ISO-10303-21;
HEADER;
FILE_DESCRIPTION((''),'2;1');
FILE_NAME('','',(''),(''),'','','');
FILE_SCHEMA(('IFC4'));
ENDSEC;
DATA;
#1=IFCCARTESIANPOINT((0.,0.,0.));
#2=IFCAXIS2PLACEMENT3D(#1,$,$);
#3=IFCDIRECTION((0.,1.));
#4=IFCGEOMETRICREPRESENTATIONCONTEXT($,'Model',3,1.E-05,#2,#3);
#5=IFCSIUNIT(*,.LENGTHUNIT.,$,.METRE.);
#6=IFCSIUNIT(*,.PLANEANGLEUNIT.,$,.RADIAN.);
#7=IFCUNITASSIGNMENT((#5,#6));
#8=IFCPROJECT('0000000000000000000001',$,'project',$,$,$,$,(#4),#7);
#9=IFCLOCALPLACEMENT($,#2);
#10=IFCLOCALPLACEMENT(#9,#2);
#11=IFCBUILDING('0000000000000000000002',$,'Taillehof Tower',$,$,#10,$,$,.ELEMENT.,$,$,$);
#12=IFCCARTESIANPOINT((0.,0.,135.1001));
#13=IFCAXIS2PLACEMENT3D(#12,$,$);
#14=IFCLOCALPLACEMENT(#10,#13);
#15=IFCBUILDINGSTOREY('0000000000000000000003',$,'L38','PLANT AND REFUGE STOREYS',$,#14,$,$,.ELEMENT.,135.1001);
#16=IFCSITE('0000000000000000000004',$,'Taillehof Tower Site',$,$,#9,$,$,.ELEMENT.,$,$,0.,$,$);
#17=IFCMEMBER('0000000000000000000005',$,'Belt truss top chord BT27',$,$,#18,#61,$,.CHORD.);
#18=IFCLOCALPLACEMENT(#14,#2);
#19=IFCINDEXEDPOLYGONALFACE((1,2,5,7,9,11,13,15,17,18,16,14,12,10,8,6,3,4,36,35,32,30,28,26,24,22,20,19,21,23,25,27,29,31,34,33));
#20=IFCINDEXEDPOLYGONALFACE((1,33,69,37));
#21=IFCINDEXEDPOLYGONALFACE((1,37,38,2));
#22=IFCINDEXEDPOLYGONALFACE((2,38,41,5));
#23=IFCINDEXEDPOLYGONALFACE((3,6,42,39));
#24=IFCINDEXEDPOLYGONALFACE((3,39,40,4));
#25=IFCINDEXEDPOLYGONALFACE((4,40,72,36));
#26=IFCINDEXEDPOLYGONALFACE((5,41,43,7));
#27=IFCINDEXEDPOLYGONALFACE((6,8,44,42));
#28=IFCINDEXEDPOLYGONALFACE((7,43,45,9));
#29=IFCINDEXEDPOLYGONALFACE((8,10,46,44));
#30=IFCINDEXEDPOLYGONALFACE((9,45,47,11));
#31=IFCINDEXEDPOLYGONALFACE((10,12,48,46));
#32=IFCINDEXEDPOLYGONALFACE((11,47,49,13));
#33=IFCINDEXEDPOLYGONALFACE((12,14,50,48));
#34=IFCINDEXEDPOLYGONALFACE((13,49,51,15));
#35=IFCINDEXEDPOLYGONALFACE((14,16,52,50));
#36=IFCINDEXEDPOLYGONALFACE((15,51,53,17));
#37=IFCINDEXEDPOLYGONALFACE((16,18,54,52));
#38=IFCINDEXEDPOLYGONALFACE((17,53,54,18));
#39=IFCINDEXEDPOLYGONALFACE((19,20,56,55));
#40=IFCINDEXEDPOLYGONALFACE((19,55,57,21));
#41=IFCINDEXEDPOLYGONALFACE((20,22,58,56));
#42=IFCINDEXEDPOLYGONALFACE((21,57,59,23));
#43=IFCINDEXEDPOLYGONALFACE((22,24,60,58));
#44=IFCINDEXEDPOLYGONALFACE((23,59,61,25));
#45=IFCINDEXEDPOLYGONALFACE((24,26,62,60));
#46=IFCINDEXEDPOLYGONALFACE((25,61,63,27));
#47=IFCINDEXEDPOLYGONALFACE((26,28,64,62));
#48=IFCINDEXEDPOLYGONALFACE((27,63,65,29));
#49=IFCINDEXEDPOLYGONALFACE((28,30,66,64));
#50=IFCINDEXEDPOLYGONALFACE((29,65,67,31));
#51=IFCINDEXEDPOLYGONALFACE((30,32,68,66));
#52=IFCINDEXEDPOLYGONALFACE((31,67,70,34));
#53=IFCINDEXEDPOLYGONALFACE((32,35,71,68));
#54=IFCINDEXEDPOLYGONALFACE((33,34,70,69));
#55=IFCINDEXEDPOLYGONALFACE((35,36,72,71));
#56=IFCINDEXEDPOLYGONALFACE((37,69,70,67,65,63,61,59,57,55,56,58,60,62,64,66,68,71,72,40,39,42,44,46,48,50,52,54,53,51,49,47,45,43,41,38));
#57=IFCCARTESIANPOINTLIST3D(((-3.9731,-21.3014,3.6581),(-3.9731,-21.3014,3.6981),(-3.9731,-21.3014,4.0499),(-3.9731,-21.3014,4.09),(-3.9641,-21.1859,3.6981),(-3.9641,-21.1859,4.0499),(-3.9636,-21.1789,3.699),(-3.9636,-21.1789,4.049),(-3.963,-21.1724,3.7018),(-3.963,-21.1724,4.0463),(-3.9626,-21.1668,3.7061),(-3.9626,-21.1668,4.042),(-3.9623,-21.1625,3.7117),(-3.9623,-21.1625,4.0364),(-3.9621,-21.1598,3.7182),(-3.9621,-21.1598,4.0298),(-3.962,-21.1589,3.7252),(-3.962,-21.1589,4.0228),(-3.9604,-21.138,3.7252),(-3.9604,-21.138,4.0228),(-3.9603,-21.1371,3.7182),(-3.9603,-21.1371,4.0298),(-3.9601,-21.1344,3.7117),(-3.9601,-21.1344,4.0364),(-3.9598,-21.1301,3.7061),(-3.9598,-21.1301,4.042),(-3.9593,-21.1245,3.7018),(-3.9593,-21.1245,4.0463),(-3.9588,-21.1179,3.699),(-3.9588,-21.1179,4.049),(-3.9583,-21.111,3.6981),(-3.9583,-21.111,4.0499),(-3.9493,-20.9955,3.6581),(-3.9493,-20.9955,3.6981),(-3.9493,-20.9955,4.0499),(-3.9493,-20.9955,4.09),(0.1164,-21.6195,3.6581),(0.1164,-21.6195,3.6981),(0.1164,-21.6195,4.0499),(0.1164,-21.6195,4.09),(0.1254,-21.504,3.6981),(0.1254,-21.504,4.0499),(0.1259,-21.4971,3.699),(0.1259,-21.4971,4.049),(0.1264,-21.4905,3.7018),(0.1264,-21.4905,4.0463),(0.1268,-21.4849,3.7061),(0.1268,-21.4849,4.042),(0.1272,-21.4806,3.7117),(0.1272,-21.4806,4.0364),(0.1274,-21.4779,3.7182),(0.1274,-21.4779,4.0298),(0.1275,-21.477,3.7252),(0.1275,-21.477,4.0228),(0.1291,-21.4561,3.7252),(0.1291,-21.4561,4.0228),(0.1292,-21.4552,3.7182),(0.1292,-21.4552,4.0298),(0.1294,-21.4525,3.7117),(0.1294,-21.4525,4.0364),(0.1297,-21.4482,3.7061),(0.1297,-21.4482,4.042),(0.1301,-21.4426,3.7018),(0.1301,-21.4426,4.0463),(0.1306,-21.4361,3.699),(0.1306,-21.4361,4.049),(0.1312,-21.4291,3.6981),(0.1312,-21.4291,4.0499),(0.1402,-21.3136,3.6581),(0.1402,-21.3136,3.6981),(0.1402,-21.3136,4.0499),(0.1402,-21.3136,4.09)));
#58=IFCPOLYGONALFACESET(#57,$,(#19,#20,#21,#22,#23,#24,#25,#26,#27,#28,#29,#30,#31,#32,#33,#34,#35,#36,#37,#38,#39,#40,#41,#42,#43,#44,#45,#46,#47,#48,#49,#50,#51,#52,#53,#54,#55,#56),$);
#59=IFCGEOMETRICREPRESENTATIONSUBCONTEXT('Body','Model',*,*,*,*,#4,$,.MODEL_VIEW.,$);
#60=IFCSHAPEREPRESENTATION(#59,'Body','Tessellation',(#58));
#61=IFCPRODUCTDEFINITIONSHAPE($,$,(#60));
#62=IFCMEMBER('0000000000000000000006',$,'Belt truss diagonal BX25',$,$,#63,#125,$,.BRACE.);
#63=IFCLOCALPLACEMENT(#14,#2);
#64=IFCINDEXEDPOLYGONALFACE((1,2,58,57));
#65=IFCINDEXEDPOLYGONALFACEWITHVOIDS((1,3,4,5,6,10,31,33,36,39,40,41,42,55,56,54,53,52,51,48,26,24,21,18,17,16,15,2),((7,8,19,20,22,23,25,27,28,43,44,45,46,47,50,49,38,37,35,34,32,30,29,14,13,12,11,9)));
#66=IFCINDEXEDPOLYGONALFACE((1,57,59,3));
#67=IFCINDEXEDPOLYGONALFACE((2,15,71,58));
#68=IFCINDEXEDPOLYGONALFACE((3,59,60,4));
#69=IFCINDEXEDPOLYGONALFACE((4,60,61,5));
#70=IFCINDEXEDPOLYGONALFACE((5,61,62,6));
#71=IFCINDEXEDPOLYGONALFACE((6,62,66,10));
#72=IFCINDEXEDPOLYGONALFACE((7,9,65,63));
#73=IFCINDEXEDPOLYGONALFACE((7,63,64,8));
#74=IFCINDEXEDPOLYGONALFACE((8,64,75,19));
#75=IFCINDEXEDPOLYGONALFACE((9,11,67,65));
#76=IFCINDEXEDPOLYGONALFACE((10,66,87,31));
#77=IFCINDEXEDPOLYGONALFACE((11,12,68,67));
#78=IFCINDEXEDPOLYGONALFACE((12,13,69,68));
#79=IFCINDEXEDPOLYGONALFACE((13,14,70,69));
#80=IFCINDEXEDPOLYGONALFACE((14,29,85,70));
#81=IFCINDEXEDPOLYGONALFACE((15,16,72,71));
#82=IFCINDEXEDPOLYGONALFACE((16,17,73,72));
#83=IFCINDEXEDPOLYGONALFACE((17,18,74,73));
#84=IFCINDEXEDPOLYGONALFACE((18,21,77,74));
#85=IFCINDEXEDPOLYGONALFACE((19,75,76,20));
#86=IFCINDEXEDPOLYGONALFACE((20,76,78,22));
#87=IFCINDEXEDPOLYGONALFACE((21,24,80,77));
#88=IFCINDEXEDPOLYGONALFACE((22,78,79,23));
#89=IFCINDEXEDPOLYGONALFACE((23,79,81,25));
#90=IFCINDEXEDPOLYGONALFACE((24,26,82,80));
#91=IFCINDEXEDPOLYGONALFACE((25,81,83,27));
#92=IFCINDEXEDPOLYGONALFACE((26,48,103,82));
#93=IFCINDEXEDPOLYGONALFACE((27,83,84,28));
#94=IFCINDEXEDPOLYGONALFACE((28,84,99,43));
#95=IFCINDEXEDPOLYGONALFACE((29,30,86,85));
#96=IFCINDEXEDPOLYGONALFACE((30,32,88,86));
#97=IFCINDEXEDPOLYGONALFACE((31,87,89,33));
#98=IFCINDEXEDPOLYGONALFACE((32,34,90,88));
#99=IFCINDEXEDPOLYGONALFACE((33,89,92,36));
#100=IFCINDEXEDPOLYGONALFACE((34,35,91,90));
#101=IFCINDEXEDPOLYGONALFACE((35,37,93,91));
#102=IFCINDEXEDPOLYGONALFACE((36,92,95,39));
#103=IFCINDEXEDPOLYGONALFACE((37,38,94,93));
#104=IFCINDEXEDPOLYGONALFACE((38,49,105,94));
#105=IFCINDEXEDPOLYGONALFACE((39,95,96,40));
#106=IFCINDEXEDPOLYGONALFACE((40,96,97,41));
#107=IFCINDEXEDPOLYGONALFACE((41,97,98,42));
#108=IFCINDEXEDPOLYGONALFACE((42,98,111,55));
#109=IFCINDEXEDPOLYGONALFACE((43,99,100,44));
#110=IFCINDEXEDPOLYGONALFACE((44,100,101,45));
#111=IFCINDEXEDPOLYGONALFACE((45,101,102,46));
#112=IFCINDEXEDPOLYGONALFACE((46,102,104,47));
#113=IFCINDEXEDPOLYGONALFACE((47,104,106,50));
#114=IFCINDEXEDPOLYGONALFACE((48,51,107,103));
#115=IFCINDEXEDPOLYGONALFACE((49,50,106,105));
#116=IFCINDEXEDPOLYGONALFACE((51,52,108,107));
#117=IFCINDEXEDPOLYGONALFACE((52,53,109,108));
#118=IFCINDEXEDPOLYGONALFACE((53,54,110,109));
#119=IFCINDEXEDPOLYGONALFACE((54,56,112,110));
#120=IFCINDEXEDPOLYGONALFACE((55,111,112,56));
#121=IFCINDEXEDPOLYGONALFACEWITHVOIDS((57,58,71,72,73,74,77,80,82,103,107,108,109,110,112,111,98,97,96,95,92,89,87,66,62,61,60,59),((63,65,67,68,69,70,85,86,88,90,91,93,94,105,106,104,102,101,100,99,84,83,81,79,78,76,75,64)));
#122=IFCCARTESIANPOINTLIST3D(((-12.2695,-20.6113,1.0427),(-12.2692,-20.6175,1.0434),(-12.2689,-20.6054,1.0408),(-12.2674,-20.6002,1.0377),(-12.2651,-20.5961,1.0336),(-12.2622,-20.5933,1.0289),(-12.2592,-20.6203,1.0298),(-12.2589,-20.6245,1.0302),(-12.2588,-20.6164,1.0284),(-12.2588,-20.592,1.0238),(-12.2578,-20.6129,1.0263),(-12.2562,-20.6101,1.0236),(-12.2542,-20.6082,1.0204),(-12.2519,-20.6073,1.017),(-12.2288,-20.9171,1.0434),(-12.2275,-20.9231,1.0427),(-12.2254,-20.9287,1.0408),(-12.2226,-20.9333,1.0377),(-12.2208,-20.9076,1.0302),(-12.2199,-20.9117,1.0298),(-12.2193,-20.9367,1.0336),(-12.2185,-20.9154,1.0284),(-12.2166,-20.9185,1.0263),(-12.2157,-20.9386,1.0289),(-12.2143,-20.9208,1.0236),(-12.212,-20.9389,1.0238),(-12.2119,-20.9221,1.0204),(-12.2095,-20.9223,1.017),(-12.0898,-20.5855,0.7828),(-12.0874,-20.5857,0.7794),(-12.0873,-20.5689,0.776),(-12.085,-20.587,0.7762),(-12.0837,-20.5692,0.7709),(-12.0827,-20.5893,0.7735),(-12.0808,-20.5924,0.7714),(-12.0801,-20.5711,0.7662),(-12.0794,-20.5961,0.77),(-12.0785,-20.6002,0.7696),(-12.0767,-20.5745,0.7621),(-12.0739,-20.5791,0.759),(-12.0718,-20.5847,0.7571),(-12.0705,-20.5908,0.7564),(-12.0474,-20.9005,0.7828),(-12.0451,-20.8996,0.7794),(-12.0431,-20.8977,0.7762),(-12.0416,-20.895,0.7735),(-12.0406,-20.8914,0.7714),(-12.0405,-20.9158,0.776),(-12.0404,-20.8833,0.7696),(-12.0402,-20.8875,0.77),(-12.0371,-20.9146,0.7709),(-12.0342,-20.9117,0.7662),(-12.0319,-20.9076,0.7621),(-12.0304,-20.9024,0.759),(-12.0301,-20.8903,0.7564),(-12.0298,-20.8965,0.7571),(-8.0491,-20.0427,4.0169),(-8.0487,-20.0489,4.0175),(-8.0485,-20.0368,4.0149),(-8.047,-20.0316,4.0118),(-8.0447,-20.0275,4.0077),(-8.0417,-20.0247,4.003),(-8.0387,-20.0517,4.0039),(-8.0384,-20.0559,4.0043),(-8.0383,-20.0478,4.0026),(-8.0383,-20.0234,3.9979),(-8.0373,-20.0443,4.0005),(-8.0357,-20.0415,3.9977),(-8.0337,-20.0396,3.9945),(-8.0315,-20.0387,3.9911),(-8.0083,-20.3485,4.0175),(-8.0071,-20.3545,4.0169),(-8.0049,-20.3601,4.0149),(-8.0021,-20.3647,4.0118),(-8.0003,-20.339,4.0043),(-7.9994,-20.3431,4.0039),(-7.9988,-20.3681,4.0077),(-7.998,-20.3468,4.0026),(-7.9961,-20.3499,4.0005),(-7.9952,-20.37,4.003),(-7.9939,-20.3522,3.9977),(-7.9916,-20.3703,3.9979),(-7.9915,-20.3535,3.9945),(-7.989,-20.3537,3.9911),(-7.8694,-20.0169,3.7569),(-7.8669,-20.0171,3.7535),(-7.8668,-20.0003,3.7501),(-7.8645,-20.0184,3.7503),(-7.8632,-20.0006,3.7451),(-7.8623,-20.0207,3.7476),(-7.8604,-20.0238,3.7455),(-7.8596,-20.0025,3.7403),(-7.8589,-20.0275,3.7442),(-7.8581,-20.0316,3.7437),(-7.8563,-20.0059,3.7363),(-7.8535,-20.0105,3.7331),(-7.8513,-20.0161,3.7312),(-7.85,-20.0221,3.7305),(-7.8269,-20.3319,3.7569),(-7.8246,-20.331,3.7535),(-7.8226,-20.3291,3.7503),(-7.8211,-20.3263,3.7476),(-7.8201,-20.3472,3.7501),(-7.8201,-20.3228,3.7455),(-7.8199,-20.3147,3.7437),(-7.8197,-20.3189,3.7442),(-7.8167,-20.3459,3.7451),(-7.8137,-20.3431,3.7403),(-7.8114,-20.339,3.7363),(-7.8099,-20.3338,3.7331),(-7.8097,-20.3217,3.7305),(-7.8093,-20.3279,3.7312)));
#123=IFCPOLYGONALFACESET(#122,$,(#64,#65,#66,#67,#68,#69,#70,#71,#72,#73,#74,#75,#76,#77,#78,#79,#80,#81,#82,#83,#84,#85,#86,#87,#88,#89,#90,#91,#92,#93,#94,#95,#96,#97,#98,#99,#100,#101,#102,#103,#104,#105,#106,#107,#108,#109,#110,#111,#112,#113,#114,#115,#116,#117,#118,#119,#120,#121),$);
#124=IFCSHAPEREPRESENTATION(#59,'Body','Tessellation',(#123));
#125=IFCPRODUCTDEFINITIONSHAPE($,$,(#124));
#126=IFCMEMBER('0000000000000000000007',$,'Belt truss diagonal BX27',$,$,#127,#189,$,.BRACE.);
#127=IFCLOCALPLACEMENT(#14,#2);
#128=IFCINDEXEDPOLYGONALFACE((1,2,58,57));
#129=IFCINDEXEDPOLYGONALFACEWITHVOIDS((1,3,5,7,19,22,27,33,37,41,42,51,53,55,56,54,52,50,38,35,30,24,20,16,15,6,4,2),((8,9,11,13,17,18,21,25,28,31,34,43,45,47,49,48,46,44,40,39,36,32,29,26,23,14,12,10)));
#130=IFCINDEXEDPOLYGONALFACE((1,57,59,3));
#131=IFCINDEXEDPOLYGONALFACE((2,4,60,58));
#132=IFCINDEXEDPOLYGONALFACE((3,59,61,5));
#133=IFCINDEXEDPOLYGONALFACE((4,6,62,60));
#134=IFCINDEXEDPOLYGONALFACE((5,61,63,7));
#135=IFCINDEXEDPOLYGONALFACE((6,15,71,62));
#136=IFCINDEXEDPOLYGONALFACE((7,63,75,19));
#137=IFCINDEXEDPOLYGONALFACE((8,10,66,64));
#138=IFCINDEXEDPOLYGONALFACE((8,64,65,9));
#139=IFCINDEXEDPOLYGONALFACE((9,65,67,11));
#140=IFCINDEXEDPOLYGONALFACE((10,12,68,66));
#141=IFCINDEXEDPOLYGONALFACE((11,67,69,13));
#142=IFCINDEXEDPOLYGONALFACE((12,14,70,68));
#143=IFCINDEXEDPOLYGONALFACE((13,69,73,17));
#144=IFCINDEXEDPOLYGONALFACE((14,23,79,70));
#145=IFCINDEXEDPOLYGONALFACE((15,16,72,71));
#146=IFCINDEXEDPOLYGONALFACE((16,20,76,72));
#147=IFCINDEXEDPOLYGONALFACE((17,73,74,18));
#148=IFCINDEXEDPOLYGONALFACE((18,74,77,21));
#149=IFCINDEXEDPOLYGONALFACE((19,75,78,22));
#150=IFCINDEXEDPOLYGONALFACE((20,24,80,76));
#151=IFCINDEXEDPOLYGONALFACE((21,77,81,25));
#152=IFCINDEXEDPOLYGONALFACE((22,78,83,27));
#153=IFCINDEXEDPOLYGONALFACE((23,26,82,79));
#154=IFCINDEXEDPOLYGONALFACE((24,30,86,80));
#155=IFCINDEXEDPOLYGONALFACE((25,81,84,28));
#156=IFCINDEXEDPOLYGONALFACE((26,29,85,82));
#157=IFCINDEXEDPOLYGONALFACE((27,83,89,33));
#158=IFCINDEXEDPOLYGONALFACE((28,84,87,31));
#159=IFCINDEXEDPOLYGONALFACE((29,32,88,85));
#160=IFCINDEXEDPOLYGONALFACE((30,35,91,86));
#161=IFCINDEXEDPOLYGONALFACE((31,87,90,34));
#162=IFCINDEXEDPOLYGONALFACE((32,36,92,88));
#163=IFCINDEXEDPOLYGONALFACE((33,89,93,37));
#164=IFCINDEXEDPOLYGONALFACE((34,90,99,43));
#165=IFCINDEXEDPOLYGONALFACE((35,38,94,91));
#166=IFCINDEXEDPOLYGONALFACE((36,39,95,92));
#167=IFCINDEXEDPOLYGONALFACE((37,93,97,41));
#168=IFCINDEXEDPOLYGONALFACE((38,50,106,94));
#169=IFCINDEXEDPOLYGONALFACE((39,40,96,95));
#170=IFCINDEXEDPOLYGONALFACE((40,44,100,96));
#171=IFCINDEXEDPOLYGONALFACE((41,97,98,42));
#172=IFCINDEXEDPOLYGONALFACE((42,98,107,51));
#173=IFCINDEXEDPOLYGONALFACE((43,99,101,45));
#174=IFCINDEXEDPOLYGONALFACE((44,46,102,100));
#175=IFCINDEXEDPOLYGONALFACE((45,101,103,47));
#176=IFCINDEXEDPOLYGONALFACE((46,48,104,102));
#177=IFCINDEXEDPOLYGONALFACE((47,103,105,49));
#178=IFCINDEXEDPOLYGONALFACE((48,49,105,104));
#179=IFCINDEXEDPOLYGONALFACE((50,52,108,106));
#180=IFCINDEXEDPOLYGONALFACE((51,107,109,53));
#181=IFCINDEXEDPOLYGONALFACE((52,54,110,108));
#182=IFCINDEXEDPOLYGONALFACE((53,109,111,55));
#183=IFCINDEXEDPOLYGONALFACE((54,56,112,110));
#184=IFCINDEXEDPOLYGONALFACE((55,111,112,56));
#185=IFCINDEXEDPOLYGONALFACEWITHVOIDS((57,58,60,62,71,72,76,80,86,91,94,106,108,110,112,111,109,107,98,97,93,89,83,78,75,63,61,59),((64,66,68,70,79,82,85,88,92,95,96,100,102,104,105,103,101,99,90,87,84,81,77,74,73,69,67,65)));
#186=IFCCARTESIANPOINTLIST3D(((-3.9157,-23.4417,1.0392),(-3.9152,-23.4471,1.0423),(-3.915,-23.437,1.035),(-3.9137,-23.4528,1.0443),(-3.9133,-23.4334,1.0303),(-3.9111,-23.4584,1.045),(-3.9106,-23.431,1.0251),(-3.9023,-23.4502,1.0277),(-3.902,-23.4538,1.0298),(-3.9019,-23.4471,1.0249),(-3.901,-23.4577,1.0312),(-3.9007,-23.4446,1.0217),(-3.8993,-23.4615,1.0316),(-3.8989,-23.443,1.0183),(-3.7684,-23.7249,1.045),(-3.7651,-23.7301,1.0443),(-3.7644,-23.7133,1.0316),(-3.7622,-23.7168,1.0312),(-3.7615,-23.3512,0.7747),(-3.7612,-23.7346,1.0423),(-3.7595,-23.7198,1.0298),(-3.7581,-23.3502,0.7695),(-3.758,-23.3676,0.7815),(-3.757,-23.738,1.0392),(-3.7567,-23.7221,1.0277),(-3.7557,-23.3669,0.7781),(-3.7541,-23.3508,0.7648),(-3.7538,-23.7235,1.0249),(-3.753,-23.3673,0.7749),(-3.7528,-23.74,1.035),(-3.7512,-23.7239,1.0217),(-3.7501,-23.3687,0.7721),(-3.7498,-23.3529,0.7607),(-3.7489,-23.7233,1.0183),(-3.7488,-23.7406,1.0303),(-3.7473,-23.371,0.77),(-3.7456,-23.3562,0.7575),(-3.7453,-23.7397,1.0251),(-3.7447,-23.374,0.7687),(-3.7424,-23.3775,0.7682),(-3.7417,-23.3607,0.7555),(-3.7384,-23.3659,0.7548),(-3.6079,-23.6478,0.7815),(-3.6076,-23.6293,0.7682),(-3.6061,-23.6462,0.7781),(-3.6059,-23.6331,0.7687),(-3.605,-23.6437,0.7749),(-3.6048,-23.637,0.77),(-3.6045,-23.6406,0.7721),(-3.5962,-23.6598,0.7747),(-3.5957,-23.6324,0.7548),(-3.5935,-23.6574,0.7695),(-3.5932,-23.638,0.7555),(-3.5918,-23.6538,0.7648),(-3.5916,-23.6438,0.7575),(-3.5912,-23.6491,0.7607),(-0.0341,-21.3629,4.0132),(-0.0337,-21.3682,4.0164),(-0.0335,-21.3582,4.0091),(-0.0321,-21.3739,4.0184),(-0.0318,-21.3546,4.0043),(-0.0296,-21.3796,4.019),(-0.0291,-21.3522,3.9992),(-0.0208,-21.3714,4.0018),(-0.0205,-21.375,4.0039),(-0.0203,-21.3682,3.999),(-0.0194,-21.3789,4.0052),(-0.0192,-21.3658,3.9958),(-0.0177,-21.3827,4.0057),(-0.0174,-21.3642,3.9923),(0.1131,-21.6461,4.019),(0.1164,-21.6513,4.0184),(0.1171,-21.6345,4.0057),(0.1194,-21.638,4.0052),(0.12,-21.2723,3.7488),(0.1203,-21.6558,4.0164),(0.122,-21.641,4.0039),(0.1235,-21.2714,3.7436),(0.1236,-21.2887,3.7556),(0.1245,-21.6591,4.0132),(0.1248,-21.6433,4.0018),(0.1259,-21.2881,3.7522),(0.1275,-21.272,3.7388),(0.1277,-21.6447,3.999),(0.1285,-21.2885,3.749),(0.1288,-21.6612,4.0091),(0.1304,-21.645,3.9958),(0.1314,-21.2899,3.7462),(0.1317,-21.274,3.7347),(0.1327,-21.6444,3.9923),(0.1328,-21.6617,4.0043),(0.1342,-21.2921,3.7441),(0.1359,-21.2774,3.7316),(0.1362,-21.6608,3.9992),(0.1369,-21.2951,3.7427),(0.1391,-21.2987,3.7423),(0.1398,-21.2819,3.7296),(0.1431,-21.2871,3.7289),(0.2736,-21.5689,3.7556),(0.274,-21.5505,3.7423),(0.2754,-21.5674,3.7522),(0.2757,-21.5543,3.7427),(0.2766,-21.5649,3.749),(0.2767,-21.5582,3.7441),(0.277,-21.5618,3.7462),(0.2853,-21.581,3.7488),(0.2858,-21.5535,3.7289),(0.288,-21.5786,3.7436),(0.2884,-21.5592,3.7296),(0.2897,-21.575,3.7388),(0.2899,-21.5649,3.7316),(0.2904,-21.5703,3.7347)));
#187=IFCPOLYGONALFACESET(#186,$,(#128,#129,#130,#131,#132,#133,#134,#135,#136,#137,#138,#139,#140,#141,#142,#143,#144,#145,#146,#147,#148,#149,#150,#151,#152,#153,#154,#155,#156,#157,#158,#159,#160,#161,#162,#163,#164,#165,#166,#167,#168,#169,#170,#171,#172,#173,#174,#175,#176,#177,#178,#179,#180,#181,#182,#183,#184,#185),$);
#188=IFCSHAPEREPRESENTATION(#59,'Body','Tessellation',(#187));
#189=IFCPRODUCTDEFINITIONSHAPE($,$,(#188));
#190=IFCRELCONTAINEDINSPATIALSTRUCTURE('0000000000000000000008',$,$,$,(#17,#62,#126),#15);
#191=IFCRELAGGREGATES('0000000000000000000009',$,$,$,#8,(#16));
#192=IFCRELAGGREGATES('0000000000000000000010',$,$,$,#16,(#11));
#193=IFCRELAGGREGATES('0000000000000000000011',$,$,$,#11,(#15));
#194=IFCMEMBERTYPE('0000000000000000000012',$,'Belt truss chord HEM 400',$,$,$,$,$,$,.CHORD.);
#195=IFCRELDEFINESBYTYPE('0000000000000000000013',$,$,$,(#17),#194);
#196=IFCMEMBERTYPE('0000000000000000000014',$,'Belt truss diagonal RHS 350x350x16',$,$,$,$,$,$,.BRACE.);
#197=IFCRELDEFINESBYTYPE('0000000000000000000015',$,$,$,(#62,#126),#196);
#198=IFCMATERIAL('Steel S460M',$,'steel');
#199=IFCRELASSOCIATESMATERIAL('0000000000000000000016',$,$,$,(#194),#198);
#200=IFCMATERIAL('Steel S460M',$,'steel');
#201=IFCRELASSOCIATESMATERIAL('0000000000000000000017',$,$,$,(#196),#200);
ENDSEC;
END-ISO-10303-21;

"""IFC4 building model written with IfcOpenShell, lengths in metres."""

from ifc_helpers import new_model, si_unit, direction, frame, origin, origin_2d, place, context, subcontext, project, spatial, hollow_rectangle, i_section, extrude, material, material_profile, profile_set, type_object, element, save


model = new_model("IFC4")

# Units and contexts
model_context = context("Model", 3, precision=1e-05, world=origin(), true_north=direction((0.0, 1.0)))
body_context = subcontext(model_context, "Body", "Model", "MODEL_VIEW")
ifc_project = project(units=[si_unit("LENGTHUNIT", "METRE"), si_unit("PLANEANGLEUNIT", "RADIAN")], contexts=[model_context])

# Site, building, storey
site_placement = place(None, origin())
site = spatial("IfcSite", under=ifc_project, at=site_placement, Name="Taillehof Tower Site", CompositionType="ELEMENT", RefElevation=0.0)
building_placement = place(site_placement, origin())
building = spatial("IfcBuilding", under=site, at=building_placement, Name="Taillehof Tower", CompositionType="ELEMENT")
storey_placement = place(building_placement, frame((0.0, 0.0, 135.1001)))
storey = spatial("IfcBuildingStorey", under=building, at=storey_placement, Name="L38", Description="PLANT AND REFUGE STOREYS", CompositionType="ELEMENT", Elevation=135.1001)

# Members
ifc_material_1 = material(Name="Steel S460M", Category="steel")
ifc_material_profile_1 = material_profile(ifc_material_1, i_section(OverallWidth=0.3069, OverallDepth=0.4319, WebThickness=0.021, FlangeThickness=0.04, FilletRadius=0.0271, at=origin_2d()), Name="HEM 400")
ifc_profile_set_1 = profile_set([ifc_material_profile_1], Name="Steel S460M")
member_type_1 = type_object("IfcMemberType", Name="Belt truss chord HEM 400", PredefinedType="CHORD", material=ifc_profile_set_1)
member_1_placement = place(storey_placement, frame((-3.9612, -21.1484, 3.874), z_axis=(0.996988, -0.077557, 0.0), x_axis=(0.077557, 0.996988, 0.0)))
element("IfcMember", 1, at=member_1_placement, inside=storey, type_object=member_type_1, Name="Belt truss top chord BT27", PredefinedType="CHORD", context=body_context, shape_type="SweptSolid", body=[
    extrude(i_section(OverallWidth=0.3069, OverallDepth=0.4319, WebThickness=0.021, FlangeThickness=0.04, FilletRadius=0.0271, at=origin_2d()), origin(), (0.0, 0.0, 1.0), 4.1018),
])
ifc_material_2 = material(Name="Steel S460M", Category="steel")
ifc_material_profile_2 = material_profile(ifc_material_2, hollow_rectangle(XDim=0.3501, YDim=0.3501, WallThickness=0.0161, InnerFilletRadius=0.0161, OuterFilletRadius=0.0239, at=origin_2d()), Name="RHS 350x350x16")
ifc_profile_set_2 = profile_set([ifc_material_profile_2], Name="Steel S460M")
member_type_2 = type_object("IfcMemberType", Name="Belt truss diagonal RHS 350x350x16", PredefinedType="BRACE", material=ifc_profile_set_2)
member_2_placement = place(storey_placement, frame((-12.1497, -20.7539, 0.8999), z_axis=(0.812514, 0.109466, 0.572572), x_axis=(-0.133519, 0.991046, 0.0)))
element("IfcMember", 2, at=member_2_placement, inside=storey, type_object=member_type_2, Name="Belt truss diagonal BX25", PredefinedType="BRACE", context=body_context, shape_type="SweptSolid", body=[
    extrude(hollow_rectangle(XDim=0.3501, YDim=0.3501, WallThickness=0.0161, InnerFilletRadius=0.0161, OuterFilletRadius=0.0239, at=origin_2d()), origin(), (0.0, 0.0, 1.0), 5.1943),
])
member_3_placement = place(storey_placement, frame((-3.7534, -23.5454, 0.8999), z_axis=(0.730508, 0.391237, 0.559724), x_axis=(-0.472121, 0.881534, 0.0)))
element("IfcMember", 3, at=member_3_placement, inside=storey, type_object=member_type_2, Name="Belt truss diagonal BX27", PredefinedType="BRACE", context=body_context, shape_type="SweptSolid", body=[
    extrude(hollow_rectangle(XDim=0.3501, YDim=0.3501, WallThickness=0.0161, InnerFilletRadius=0.0161, OuterFilletRadius=0.0239, at=origin_2d()), origin(), (0.0, 0.0, 1.0), 5.3135),
])

save(model, "model.ifc")
